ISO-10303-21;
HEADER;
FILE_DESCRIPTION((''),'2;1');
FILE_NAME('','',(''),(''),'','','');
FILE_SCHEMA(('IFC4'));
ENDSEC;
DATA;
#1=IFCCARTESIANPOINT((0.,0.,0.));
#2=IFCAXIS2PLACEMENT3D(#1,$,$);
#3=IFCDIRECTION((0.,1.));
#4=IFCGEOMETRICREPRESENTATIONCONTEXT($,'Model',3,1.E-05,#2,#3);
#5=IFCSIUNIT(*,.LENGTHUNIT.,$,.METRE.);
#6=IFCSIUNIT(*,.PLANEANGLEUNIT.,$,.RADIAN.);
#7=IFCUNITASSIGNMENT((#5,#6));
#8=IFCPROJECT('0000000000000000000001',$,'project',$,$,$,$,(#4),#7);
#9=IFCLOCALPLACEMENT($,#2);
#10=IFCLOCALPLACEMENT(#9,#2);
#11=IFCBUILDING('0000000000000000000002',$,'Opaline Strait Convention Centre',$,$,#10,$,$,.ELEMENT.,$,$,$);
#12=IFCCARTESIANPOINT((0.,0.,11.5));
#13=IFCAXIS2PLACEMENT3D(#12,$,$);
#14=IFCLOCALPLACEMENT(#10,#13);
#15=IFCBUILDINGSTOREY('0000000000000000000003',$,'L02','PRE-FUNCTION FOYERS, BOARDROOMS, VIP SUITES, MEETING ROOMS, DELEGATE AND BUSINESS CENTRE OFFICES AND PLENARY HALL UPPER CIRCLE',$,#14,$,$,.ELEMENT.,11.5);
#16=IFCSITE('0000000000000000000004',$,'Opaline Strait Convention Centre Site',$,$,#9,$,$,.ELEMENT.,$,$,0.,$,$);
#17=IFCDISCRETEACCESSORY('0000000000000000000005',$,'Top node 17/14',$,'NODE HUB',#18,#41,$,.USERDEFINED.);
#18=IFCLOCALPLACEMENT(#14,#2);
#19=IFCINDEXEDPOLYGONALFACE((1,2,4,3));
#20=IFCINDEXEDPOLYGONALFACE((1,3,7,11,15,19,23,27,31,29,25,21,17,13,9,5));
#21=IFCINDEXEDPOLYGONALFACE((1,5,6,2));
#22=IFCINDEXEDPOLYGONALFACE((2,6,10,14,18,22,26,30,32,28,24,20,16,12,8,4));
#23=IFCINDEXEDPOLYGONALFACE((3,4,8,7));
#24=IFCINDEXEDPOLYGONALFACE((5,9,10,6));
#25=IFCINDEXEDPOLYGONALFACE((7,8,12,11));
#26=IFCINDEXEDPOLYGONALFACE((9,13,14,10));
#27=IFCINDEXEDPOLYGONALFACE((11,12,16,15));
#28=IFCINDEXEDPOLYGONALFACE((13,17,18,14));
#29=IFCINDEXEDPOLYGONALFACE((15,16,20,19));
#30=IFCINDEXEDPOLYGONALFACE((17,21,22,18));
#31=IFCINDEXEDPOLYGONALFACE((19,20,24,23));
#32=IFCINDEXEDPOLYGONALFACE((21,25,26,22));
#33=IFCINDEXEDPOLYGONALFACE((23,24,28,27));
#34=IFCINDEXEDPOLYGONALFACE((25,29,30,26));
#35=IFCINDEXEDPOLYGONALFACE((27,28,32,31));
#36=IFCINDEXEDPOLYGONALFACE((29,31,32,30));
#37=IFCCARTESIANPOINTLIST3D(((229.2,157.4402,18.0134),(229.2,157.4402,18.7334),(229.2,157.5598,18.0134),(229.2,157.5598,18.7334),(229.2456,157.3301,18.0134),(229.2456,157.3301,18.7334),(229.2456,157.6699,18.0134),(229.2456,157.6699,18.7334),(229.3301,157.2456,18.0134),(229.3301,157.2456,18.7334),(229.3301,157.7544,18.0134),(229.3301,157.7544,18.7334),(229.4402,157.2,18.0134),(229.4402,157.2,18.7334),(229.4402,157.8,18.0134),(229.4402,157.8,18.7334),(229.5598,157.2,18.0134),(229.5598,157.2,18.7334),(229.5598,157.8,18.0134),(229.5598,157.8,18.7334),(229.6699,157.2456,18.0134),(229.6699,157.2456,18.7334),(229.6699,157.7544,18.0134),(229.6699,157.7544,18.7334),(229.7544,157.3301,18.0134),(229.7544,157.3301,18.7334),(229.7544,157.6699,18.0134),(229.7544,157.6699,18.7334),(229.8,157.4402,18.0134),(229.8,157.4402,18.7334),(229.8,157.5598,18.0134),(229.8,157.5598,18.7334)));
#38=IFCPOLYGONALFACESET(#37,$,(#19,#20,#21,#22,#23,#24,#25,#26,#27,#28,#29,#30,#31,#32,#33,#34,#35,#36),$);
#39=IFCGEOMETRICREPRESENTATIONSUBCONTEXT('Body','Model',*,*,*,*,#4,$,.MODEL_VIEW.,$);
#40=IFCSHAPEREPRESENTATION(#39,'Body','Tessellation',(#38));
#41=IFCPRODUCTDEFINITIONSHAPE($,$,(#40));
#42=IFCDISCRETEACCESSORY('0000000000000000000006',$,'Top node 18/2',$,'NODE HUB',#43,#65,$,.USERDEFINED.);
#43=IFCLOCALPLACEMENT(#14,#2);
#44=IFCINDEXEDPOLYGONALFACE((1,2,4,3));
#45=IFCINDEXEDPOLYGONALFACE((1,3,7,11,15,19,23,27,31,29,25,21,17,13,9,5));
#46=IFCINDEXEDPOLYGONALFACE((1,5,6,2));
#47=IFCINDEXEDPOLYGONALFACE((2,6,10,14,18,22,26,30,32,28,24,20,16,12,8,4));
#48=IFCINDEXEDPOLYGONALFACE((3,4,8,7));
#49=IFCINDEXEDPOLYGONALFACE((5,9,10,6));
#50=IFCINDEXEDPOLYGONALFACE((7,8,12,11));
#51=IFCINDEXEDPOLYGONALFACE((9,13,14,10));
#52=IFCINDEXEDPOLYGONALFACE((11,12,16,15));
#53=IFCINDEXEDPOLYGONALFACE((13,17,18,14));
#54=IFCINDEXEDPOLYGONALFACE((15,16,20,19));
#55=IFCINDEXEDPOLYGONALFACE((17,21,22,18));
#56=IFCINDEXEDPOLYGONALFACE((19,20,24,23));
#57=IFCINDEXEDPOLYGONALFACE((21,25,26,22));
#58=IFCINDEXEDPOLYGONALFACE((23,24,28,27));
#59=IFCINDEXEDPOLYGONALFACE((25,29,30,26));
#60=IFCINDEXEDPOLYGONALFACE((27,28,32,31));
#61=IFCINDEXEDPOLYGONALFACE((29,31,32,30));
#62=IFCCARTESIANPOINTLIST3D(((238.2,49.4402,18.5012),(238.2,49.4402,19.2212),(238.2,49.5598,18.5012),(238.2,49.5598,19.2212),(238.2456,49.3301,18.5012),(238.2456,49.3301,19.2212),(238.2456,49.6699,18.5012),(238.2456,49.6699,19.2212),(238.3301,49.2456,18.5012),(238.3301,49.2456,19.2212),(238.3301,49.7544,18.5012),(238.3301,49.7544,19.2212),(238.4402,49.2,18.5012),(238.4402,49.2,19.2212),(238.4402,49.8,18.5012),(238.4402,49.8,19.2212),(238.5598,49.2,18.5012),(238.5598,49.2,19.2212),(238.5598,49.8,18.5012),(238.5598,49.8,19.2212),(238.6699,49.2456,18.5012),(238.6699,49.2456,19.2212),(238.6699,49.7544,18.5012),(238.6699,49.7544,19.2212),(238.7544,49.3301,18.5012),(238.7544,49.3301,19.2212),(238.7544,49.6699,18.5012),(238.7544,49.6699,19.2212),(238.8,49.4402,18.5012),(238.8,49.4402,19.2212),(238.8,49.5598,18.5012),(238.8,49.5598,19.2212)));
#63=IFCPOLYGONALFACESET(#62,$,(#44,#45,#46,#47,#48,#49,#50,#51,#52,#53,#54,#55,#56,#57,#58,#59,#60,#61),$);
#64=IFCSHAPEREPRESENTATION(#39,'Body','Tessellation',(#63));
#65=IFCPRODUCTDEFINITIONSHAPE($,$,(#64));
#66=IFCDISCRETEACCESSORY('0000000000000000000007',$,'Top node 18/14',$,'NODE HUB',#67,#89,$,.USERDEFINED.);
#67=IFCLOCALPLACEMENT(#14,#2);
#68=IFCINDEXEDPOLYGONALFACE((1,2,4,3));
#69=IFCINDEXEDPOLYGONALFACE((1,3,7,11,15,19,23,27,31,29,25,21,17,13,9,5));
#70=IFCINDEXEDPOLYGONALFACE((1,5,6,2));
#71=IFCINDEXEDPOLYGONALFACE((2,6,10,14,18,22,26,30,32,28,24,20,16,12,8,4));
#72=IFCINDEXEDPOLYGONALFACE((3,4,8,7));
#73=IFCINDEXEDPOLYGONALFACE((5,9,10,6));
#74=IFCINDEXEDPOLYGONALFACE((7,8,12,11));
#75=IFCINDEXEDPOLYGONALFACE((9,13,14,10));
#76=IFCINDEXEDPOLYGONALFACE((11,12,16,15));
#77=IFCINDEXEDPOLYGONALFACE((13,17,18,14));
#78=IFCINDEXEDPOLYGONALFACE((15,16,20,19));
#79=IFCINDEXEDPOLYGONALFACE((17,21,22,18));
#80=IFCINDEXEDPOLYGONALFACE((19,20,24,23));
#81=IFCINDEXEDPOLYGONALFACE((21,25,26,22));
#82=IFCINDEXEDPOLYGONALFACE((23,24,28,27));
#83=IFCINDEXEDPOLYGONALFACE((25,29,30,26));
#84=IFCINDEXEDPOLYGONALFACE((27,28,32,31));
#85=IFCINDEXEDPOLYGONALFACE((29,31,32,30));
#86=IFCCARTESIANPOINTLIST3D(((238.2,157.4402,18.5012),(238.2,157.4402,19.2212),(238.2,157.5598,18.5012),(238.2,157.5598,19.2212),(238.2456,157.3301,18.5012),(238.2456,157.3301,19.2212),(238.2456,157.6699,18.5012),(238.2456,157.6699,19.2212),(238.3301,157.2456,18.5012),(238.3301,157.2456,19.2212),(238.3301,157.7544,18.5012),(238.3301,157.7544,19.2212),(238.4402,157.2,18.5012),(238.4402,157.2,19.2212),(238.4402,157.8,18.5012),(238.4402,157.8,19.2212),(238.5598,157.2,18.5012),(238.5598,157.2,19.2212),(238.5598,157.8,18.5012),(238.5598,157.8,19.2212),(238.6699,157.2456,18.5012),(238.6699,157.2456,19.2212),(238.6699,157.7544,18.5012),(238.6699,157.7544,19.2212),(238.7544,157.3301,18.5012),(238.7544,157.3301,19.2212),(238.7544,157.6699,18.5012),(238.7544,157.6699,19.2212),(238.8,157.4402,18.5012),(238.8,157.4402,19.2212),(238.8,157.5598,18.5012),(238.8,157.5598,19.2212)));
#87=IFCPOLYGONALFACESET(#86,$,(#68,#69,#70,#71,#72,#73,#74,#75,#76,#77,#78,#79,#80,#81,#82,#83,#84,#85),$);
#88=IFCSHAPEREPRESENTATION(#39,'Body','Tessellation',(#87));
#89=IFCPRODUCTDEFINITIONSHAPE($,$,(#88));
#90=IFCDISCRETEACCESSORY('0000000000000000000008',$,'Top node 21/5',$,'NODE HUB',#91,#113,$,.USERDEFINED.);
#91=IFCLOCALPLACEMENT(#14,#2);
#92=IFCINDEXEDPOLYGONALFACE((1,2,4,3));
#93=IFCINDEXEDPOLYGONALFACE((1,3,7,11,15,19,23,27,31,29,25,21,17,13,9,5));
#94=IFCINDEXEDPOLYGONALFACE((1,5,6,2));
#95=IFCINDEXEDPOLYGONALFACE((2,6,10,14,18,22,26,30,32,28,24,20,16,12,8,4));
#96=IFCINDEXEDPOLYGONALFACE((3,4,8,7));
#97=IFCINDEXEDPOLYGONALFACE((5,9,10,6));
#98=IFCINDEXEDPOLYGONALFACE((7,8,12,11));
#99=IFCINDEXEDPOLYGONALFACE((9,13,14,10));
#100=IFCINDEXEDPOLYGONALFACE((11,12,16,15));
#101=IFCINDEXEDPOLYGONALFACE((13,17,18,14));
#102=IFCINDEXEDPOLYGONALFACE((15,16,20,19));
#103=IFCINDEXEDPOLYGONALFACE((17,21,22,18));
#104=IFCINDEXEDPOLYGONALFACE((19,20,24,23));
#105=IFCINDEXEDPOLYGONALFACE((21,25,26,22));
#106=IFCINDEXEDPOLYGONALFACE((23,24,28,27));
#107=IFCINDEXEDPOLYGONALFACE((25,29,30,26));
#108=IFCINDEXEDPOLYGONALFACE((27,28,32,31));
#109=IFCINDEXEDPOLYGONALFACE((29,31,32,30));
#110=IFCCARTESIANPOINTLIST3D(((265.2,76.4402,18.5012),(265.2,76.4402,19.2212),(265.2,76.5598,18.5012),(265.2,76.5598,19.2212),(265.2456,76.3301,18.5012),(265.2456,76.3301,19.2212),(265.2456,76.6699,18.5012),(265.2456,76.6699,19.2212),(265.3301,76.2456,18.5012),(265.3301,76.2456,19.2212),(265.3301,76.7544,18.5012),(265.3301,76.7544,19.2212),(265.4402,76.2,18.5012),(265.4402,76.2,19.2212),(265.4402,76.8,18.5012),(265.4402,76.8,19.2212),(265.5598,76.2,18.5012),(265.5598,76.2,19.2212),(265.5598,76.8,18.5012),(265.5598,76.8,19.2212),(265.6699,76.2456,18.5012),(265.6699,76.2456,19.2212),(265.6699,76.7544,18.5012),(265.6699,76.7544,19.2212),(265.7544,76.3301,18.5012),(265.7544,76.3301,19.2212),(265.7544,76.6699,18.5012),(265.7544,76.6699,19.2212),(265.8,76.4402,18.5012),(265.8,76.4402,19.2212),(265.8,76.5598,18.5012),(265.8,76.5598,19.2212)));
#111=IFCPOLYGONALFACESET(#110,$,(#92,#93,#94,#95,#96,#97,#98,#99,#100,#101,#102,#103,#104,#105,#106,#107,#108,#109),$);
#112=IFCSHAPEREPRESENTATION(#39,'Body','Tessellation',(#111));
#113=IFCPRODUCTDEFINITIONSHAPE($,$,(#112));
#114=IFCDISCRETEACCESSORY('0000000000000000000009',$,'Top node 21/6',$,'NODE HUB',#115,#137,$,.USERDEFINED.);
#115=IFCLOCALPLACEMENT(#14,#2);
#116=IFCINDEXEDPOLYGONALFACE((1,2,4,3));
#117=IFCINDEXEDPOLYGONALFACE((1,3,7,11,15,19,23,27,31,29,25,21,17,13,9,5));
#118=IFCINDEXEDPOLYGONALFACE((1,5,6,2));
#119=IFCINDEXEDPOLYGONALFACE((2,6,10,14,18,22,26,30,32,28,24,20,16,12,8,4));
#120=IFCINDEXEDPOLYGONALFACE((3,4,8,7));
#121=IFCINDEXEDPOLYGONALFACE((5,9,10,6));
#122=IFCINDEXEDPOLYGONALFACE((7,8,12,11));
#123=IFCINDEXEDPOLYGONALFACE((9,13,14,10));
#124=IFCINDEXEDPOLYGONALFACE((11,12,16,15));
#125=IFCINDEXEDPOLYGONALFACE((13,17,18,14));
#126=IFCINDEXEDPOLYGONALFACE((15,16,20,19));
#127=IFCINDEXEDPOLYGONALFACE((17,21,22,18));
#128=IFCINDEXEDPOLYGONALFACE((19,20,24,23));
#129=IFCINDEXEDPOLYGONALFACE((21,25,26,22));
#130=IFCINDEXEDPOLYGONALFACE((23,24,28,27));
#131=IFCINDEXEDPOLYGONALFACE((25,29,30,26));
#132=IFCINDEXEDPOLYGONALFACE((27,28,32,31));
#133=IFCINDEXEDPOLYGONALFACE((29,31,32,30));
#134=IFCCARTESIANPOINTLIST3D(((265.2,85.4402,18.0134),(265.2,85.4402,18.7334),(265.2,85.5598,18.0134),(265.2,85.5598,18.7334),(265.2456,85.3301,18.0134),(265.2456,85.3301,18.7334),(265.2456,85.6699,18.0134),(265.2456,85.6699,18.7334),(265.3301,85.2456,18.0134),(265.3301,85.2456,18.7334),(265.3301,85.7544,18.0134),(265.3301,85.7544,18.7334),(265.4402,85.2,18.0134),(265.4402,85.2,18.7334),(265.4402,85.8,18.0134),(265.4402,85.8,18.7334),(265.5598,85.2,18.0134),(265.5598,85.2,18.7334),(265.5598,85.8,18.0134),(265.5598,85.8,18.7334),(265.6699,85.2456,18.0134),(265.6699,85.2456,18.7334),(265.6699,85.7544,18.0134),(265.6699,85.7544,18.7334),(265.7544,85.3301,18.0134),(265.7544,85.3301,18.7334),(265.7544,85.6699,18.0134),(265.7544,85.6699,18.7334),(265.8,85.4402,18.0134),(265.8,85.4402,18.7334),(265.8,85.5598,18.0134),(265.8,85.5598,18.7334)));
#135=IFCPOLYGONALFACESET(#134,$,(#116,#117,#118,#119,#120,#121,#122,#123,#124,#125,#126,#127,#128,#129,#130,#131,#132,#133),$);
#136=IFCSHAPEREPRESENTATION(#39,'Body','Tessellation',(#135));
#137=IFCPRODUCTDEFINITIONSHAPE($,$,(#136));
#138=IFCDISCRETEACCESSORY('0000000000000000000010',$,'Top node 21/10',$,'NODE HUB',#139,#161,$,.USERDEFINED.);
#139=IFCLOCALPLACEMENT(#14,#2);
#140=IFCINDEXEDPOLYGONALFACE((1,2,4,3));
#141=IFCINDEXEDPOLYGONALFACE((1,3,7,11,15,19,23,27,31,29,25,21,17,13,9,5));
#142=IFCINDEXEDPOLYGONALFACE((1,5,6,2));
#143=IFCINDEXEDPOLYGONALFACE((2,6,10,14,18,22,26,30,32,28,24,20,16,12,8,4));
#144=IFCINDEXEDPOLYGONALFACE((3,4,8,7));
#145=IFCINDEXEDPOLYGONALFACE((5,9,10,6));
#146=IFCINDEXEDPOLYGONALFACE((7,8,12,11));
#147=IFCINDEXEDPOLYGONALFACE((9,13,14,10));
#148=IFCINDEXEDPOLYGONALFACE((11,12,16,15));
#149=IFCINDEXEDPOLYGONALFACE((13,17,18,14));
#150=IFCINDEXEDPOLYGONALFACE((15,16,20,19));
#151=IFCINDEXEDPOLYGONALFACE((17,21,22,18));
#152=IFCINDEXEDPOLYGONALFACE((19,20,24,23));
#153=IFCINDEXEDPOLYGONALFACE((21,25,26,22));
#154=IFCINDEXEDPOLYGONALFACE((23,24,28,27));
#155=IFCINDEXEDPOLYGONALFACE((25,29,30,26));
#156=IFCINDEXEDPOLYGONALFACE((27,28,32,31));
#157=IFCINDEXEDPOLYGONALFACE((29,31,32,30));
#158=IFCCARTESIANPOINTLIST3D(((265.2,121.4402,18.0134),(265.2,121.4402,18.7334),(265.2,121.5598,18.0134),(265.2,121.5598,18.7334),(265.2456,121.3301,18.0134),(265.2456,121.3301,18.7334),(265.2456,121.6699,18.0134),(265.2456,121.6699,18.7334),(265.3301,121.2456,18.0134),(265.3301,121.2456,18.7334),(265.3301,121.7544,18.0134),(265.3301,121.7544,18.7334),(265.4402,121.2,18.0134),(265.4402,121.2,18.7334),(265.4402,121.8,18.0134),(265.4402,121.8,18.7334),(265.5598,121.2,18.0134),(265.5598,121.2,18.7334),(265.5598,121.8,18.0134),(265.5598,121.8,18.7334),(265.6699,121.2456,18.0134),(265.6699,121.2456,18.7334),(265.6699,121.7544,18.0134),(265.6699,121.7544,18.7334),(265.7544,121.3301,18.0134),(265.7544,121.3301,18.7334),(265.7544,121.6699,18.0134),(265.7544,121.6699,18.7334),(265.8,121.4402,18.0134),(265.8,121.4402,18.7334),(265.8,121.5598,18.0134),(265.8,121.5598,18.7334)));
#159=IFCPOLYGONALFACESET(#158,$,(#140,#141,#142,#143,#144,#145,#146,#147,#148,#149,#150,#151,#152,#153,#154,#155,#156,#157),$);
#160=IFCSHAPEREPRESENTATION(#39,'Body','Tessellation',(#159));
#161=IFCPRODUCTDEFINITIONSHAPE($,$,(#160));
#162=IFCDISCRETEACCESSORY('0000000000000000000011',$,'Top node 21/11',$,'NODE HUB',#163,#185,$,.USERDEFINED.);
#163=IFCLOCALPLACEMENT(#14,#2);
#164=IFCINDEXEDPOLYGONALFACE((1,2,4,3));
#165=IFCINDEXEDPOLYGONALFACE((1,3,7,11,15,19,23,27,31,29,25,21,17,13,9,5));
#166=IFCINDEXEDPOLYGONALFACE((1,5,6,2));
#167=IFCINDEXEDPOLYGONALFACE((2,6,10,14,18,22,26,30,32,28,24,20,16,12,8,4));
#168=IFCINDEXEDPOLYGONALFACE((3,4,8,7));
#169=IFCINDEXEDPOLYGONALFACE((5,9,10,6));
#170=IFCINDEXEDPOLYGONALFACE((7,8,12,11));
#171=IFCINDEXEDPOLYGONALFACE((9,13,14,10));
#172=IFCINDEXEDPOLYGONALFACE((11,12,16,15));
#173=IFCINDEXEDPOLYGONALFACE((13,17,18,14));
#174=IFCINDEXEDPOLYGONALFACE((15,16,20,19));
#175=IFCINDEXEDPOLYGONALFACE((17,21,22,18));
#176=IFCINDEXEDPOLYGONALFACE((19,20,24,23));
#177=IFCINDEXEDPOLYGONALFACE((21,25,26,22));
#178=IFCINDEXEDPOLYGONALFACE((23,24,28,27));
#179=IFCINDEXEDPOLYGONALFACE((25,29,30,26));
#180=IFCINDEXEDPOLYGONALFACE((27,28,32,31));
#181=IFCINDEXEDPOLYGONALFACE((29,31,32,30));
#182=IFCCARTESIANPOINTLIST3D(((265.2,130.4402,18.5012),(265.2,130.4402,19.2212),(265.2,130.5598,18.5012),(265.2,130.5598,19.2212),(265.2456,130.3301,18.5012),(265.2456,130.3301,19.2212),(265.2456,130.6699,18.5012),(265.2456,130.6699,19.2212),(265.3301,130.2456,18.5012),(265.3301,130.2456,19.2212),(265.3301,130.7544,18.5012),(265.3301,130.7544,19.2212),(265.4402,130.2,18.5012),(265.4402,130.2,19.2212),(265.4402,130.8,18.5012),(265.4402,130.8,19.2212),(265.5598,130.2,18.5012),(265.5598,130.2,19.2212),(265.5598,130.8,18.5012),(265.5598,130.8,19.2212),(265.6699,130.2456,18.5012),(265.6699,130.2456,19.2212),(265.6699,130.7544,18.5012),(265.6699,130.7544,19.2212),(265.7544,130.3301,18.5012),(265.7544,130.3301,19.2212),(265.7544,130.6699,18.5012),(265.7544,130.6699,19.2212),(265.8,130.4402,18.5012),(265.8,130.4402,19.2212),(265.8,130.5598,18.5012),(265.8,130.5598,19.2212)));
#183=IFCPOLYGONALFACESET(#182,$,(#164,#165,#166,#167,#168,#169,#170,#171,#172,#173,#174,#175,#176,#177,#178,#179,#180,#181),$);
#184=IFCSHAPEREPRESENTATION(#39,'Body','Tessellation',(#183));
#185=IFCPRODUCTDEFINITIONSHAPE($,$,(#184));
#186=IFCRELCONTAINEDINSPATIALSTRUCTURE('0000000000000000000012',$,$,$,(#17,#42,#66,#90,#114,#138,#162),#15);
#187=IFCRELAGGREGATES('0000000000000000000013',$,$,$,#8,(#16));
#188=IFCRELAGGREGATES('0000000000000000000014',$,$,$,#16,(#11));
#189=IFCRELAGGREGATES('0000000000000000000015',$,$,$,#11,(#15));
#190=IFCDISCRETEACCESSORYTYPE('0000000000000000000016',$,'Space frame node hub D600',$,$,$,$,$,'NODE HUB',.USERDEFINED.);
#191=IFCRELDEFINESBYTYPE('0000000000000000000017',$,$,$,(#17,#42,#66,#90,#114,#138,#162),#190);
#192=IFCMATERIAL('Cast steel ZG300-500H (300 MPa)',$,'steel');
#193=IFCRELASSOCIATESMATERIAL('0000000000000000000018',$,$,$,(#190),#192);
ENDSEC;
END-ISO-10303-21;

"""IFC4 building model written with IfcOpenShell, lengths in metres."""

from ifc_helpers import new_model, si_unit, direction, frame, origin, place, context, subcontext, project, spatial, polyline, outline, extrude, material, type_object, element, save


model = new_model("IFC4")

# Units and contexts
model_context = context("Model", 3, precision=1e-05, world=origin(), true_north=direction((0.0, 1.0)))
body_context = subcontext(model_context, "Body", "Model", "MODEL_VIEW")
ifc_project = project(units=[si_unit("LENGTHUNIT", "METRE"), si_unit("PLANEANGLEUNIT", "RADIAN")], contexts=[model_context])

# Site, building, storey
site_placement = place(None, origin())
site = spatial("IfcSite", under=ifc_project, at=site_placement, Name="Opaline Strait Convention Centre Site", CompositionType="ELEMENT", RefElevation=0.0)
building_placement = place(site_placement, origin())
building = spatial("IfcBuilding", under=site, at=building_placement, Name="Opaline Strait Convention Centre", CompositionType="ELEMENT")
storey_placement = place(building_placement, frame((0.0, 0.0, 11.5)))
storey = spatial("IfcBuildingStorey", under=building, at=storey_placement, Name="L02", Description="PRE-FUNCTION FOYERS, BOARDROOMS, VIP SUITES, MEETING ROOMS, DELEGATE AND BUSINESS CENTRE OFFICES AND PLENARY HALL UPPER CIRCLE", CompositionType="ELEMENT", Elevation=11.5)

# Discrete accessories
ifc_material = material(Name="Cast steel ZG300-500H (300 MPa)", Category="steel")
discrete_accessory_type_1 = type_object("IfcDiscreteAccessoryType", Name="Space frame node hub D600", ElementType="NODE HUB", PredefinedType="USERDEFINED", material=ifc_material)
discrete_accessory_1_placement = place(storey_placement, frame((0.0, 0.0, 18.0134)))
element("IfcDiscreteAccessory", 1, at=discrete_accessory_1_placement, inside=storey, type_object=discrete_accessory_type_1, Name="Top node 17/14", ObjectType="NODE HUB", PredefinedType="USERDEFINED", context=body_context, shape_type="SweptSolid", body=[
    extrude(outline(polyline([(229.8, 157.5598), (229.7544, 157.6699), (229.6699, 157.7544), (229.5598, 157.8), (229.4402, 157.8), (229.3301, 157.7544), (229.2456, 157.6699), (229.2, 157.5598), (229.2, 157.4402), (229.2456, 157.3301), (229.3301, 157.2456), (229.4402, 157.2), (229.5598, 157.2), (229.6699, 157.2456), (229.7544, 157.3301), (229.8, 157.4402), (229.8, 157.5598)])), origin(), (0.0, 0.0, 1.0), 0.72),
])
discrete_accessory_2_placement = place(storey_placement, frame((0.0, 0.0, 18.5012)))
element("IfcDiscreteAccessory", 2, at=discrete_accessory_2_placement, inside=storey, type_object=discrete_accessory_type_1, Name="Top node 18/2", ObjectType="NODE HUB", PredefinedType="USERDEFINED", context=body_context, shape_type="SweptSolid", body=[
    extrude(outline(polyline([(238.8, 49.5598), (238.7544, 49.6699), (238.6699, 49.7544), (238.5598, 49.8), (238.4402, 49.8), (238.3301, 49.7544), (238.2456, 49.6699), (238.2, 49.5598), (238.2, 49.4402), (238.2456, 49.3301), (238.3301, 49.2456), (238.4402, 49.2), (238.5598, 49.2), (238.6699, 49.2456), (238.7544, 49.3301), (238.8, 49.4402), (238.8, 49.5598)])), origin(), (0.0, 0.0, 1.0), 0.72),
])
discrete_accessory_3_placement = place(storey_placement, frame((0.0, 0.0, 18.5012)))
element("IfcDiscreteAccessory", 3, at=discrete_accessory_3_placement, inside=storey, type_object=discrete_accessory_type_1, Name="Top node 18/14", ObjectType="NODE HUB", PredefinedType="USERDEFINED", context=body_context, shape_type="SweptSolid", body=[
    extrude(outline(polyline([(238.8, 157.5598), (238.7544, 157.6699), (238.6699, 157.7544), (238.5598, 157.8), (238.4402, 157.8), (238.3301, 157.7544), (238.2456, 157.6699), (238.2, 157.5598), (238.2, 157.4402), (238.2456, 157.3301), (238.3301, 157.2456), (238.4402, 157.2), (238.5598, 157.2), (238.6699, 157.2456), (238.7544, 157.3301), (238.8, 157.4402), (238.8, 157.5598)])), origin(), (0.0, 0.0, 1.0), 0.72),
])
discrete_accessory_4_placement = place(storey_placement, frame((0.0, 0.0, 18.5012)))
element("IfcDiscreteAccessory", 4, at=discrete_accessory_4_placement, inside=storey, type_object=discrete_accessory_type_1, Name="Top node 21/5", ObjectType="NODE HUB", PredefinedType="USERDEFINED", context=body_context, shape_type="SweptSolid", body=[
    extrude(outline(polyline([(265.8, 76.5598), (265.7544, 76.6699), (265.6699, 76.7544), (265.5598, 76.8), (265.4402, 76.8), (265.3301, 76.7544), (265.2456, 76.6699), (265.2, 76.5598), (265.2, 76.4402), (265.2456, 76.3301), (265.3301, 76.2456), (265.4402, 76.2), (265.5598, 76.2), (265.6699, 76.2456), (265.7544, 76.3301), (265.8, 76.4402), (265.8, 76.5598)])), origin(), (0.0, 0.0, 1.0), 0.72),
])
discrete_accessory_5_placement = place(storey_placement, frame((0.0, 0.0, 18.0134)))
element("IfcDiscreteAccessory", 5, at=discrete_accessory_5_placement, inside=storey, type_object=discrete_accessory_type_1, Name="Top node 21/6", ObjectType="NODE HUB", PredefinedType="USERDEFINED", context=body_context, shape_type="SweptSolid", body=[
    extrude(outline(polyline([(265.8, 85.5598), (265.7544, 85.6699), (265.6699, 85.7544), (265.5598, 85.8), (265.4402, 85.8), (265.3301, 85.7544), (265.2456, 85.6699), (265.2, 85.5598), (265.2, 85.4402), (265.2456, 85.3301), (265.3301, 85.2456), (265.4402, 85.2), (265.5598, 85.2), (265.6699, 85.2456), (265.7544, 85.3301), (265.8, 85.4402), (265.8, 85.5598)])), origin(), (0.0, 0.0, 1.0), 0.72),
])
discrete_accessory_6_placement = place(storey_placement, frame((0.0, 0.0, 18.0134)))
element("IfcDiscreteAccessory", 6, at=discrete_accessory_6_placement, inside=storey, type_object=discrete_accessory_type_1, Name="Top node 21/10", ObjectType="NODE HUB", PredefinedType="USERDEFINED", context=body_context, shape_type="SweptSolid", body=[
    extrude(outline(polyline([(265.8, 121.5598), (265.7544, 121.6699), (265.6699, 121.7544), (265.5598, 121.8), (265.4402, 121.8), (265.3301, 121.7544), (265.2456, 121.6699), (265.2, 121.5598), (265.2, 121.4402), (265.2456, 121.3301), (265.3301, 121.2456), (265.4402, 121.2), (265.5598, 121.2), (265.6699, 121.2456), (265.7544, 121.3301), (265.8, 121.4402), (265.8, 121.5598)])), origin(), (0.0, 0.0, 1.0), 0.72),
])
discrete_accessory_7_placement = place(storey_placement, frame((0.0, 0.0, 18.5012)))
element("IfcDiscreteAccessory", 7, at=discrete_accessory_7_placement, inside=storey, type_object=discrete_accessory_type_1, Name="Top node 21/11", ObjectType="NODE HUB", PredefinedType="USERDEFINED", context=body_context, shape_type="SweptSolid", body=[
    extrude(outline(polyline([(265.8, 130.5598), (265.7544, 130.6699), (265.6699, 130.7544), (265.5598, 130.8), (265.4402, 130.8), (265.3301, 130.7544), (265.2456, 130.6699), (265.2, 130.5598), (265.2, 130.4402), (265.2456, 130.3301), (265.3301, 130.2456), (265.4402, 130.2), (265.5598, 130.2), (265.6699, 130.2456), (265.7544, 130.3301), (265.8, 130.4402), (265.8, 130.5598)])), origin(), (0.0, 0.0, 1.0), 0.72),
])

save(model, "model.ifc")
